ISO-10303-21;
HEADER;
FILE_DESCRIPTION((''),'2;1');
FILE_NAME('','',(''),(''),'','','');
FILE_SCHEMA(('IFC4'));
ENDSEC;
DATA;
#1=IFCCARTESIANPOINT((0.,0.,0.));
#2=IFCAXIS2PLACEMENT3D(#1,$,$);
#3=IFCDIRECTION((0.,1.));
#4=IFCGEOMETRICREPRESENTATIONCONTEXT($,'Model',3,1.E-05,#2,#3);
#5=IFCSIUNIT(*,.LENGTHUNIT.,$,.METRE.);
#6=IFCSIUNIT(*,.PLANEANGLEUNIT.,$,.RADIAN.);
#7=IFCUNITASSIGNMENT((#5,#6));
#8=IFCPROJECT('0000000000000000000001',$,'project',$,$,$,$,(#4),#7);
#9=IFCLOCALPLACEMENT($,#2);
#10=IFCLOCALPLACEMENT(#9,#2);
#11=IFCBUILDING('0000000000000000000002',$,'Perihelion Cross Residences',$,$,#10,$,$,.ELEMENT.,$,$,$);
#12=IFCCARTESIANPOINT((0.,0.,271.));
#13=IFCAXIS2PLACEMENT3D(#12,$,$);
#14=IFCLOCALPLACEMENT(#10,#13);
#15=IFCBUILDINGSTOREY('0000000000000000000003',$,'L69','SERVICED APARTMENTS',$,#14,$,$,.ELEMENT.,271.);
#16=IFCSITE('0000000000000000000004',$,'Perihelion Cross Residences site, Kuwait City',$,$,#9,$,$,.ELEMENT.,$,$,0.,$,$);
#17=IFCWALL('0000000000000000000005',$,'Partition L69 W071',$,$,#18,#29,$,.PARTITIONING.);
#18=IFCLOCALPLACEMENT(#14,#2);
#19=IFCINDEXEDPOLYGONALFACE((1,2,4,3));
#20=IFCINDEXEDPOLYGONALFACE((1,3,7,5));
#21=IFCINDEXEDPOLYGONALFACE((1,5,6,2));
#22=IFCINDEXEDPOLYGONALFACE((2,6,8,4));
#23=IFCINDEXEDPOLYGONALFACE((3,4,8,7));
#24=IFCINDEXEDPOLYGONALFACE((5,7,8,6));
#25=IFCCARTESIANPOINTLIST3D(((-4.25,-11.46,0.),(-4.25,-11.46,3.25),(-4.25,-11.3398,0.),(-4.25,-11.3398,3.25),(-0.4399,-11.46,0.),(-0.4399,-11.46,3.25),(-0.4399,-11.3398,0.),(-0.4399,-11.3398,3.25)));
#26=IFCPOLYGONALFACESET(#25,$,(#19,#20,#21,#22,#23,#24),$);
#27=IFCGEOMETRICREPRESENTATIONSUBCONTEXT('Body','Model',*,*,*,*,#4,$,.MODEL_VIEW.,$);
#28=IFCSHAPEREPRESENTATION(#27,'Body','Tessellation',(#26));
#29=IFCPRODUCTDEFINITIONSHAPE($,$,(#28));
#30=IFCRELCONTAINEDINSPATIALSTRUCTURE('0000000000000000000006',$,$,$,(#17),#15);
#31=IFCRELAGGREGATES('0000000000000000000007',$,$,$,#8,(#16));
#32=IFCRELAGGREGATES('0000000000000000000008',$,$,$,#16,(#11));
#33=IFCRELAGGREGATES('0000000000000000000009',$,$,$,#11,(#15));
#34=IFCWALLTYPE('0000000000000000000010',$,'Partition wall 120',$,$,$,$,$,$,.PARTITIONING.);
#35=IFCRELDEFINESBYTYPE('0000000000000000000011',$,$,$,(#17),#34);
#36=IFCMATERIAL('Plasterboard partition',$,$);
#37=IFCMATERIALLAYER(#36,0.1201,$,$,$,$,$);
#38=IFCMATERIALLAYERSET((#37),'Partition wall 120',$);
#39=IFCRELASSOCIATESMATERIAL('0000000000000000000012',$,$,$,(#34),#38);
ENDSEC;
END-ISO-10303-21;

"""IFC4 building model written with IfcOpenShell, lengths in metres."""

from ifc_helpers import new_model, si_unit, direction, frame, frame_2d, origin, place, context, subcontext, project, spatial, rectangle, extrude, material, layer, layer_set, type_object, element, save


model = new_model("IFC4")

# Units and contexts
model_context = context("Model", 3, precision=1e-05, world=origin(), true_north=direction((0.0, 1.0)))
body_context = subcontext(model_context, "Body", "Model", "MODEL_VIEW")
ifc_project = project(units=[si_unit("LENGTHUNIT", "METRE"), si_unit("PLANEANGLEUNIT", "RADIAN")], contexts=[model_context])

# Site, building, storey
site_placement = place(None, origin())
site = spatial("IfcSite", under=ifc_project, at=site_placement, Name="Perihelion Cross Residences site, Kuwait City", CompositionType="ELEMENT", RefElevation=0.0)
building_placement = place(site_placement, origin())
building = spatial("IfcBuilding", under=site, at=building_placement, Name="Perihelion Cross Residences", CompositionType="ELEMENT")
storey_placement = place(building_placement, frame((0.0, 0.0, 271.0)))
storey = spatial("IfcBuildingStorey", under=building, at=storey_placement, Name="L69", Description="SERVICED APARTMENTS", CompositionType="ELEMENT", Elevation=271.0)

# Shared definitions
ifc_material_1 = material(Name="Plasterboard partition")
ifc_layer_1 = layer(ifc_material_1, 0.1201)
ifc_layer_set_1 = layer_set([ifc_layer_1], Name="Partition wall 120")
wall_type_1 = type_object("IfcWallType", Name="Partition wall 120", PredefinedType="PARTITIONING", material=ifc_layer_set_1)

# Wall
wall_1_placement = place(storey_placement, frame((-0.4399, -11.3999, 0.0), z_axis=(0.0, 0.0, 1.0), x_axis=(-1.0, 0.0, 0.0)))
element("IfcWall", 1, at=wall_1_placement, inside=storey, type_object=wall_type_1, Name="Partition L69 W071", PredefinedType="PARTITIONING", context=body_context, shape_type="SweptSolid", body=[
    extrude(rectangle(XDim=3.8101, YDim=0.1201, at=frame_2d((1.905, 0.0))), origin(), (0.0, 0.0, 1.0), 3.25),
])

save(model, "model.ifc")
